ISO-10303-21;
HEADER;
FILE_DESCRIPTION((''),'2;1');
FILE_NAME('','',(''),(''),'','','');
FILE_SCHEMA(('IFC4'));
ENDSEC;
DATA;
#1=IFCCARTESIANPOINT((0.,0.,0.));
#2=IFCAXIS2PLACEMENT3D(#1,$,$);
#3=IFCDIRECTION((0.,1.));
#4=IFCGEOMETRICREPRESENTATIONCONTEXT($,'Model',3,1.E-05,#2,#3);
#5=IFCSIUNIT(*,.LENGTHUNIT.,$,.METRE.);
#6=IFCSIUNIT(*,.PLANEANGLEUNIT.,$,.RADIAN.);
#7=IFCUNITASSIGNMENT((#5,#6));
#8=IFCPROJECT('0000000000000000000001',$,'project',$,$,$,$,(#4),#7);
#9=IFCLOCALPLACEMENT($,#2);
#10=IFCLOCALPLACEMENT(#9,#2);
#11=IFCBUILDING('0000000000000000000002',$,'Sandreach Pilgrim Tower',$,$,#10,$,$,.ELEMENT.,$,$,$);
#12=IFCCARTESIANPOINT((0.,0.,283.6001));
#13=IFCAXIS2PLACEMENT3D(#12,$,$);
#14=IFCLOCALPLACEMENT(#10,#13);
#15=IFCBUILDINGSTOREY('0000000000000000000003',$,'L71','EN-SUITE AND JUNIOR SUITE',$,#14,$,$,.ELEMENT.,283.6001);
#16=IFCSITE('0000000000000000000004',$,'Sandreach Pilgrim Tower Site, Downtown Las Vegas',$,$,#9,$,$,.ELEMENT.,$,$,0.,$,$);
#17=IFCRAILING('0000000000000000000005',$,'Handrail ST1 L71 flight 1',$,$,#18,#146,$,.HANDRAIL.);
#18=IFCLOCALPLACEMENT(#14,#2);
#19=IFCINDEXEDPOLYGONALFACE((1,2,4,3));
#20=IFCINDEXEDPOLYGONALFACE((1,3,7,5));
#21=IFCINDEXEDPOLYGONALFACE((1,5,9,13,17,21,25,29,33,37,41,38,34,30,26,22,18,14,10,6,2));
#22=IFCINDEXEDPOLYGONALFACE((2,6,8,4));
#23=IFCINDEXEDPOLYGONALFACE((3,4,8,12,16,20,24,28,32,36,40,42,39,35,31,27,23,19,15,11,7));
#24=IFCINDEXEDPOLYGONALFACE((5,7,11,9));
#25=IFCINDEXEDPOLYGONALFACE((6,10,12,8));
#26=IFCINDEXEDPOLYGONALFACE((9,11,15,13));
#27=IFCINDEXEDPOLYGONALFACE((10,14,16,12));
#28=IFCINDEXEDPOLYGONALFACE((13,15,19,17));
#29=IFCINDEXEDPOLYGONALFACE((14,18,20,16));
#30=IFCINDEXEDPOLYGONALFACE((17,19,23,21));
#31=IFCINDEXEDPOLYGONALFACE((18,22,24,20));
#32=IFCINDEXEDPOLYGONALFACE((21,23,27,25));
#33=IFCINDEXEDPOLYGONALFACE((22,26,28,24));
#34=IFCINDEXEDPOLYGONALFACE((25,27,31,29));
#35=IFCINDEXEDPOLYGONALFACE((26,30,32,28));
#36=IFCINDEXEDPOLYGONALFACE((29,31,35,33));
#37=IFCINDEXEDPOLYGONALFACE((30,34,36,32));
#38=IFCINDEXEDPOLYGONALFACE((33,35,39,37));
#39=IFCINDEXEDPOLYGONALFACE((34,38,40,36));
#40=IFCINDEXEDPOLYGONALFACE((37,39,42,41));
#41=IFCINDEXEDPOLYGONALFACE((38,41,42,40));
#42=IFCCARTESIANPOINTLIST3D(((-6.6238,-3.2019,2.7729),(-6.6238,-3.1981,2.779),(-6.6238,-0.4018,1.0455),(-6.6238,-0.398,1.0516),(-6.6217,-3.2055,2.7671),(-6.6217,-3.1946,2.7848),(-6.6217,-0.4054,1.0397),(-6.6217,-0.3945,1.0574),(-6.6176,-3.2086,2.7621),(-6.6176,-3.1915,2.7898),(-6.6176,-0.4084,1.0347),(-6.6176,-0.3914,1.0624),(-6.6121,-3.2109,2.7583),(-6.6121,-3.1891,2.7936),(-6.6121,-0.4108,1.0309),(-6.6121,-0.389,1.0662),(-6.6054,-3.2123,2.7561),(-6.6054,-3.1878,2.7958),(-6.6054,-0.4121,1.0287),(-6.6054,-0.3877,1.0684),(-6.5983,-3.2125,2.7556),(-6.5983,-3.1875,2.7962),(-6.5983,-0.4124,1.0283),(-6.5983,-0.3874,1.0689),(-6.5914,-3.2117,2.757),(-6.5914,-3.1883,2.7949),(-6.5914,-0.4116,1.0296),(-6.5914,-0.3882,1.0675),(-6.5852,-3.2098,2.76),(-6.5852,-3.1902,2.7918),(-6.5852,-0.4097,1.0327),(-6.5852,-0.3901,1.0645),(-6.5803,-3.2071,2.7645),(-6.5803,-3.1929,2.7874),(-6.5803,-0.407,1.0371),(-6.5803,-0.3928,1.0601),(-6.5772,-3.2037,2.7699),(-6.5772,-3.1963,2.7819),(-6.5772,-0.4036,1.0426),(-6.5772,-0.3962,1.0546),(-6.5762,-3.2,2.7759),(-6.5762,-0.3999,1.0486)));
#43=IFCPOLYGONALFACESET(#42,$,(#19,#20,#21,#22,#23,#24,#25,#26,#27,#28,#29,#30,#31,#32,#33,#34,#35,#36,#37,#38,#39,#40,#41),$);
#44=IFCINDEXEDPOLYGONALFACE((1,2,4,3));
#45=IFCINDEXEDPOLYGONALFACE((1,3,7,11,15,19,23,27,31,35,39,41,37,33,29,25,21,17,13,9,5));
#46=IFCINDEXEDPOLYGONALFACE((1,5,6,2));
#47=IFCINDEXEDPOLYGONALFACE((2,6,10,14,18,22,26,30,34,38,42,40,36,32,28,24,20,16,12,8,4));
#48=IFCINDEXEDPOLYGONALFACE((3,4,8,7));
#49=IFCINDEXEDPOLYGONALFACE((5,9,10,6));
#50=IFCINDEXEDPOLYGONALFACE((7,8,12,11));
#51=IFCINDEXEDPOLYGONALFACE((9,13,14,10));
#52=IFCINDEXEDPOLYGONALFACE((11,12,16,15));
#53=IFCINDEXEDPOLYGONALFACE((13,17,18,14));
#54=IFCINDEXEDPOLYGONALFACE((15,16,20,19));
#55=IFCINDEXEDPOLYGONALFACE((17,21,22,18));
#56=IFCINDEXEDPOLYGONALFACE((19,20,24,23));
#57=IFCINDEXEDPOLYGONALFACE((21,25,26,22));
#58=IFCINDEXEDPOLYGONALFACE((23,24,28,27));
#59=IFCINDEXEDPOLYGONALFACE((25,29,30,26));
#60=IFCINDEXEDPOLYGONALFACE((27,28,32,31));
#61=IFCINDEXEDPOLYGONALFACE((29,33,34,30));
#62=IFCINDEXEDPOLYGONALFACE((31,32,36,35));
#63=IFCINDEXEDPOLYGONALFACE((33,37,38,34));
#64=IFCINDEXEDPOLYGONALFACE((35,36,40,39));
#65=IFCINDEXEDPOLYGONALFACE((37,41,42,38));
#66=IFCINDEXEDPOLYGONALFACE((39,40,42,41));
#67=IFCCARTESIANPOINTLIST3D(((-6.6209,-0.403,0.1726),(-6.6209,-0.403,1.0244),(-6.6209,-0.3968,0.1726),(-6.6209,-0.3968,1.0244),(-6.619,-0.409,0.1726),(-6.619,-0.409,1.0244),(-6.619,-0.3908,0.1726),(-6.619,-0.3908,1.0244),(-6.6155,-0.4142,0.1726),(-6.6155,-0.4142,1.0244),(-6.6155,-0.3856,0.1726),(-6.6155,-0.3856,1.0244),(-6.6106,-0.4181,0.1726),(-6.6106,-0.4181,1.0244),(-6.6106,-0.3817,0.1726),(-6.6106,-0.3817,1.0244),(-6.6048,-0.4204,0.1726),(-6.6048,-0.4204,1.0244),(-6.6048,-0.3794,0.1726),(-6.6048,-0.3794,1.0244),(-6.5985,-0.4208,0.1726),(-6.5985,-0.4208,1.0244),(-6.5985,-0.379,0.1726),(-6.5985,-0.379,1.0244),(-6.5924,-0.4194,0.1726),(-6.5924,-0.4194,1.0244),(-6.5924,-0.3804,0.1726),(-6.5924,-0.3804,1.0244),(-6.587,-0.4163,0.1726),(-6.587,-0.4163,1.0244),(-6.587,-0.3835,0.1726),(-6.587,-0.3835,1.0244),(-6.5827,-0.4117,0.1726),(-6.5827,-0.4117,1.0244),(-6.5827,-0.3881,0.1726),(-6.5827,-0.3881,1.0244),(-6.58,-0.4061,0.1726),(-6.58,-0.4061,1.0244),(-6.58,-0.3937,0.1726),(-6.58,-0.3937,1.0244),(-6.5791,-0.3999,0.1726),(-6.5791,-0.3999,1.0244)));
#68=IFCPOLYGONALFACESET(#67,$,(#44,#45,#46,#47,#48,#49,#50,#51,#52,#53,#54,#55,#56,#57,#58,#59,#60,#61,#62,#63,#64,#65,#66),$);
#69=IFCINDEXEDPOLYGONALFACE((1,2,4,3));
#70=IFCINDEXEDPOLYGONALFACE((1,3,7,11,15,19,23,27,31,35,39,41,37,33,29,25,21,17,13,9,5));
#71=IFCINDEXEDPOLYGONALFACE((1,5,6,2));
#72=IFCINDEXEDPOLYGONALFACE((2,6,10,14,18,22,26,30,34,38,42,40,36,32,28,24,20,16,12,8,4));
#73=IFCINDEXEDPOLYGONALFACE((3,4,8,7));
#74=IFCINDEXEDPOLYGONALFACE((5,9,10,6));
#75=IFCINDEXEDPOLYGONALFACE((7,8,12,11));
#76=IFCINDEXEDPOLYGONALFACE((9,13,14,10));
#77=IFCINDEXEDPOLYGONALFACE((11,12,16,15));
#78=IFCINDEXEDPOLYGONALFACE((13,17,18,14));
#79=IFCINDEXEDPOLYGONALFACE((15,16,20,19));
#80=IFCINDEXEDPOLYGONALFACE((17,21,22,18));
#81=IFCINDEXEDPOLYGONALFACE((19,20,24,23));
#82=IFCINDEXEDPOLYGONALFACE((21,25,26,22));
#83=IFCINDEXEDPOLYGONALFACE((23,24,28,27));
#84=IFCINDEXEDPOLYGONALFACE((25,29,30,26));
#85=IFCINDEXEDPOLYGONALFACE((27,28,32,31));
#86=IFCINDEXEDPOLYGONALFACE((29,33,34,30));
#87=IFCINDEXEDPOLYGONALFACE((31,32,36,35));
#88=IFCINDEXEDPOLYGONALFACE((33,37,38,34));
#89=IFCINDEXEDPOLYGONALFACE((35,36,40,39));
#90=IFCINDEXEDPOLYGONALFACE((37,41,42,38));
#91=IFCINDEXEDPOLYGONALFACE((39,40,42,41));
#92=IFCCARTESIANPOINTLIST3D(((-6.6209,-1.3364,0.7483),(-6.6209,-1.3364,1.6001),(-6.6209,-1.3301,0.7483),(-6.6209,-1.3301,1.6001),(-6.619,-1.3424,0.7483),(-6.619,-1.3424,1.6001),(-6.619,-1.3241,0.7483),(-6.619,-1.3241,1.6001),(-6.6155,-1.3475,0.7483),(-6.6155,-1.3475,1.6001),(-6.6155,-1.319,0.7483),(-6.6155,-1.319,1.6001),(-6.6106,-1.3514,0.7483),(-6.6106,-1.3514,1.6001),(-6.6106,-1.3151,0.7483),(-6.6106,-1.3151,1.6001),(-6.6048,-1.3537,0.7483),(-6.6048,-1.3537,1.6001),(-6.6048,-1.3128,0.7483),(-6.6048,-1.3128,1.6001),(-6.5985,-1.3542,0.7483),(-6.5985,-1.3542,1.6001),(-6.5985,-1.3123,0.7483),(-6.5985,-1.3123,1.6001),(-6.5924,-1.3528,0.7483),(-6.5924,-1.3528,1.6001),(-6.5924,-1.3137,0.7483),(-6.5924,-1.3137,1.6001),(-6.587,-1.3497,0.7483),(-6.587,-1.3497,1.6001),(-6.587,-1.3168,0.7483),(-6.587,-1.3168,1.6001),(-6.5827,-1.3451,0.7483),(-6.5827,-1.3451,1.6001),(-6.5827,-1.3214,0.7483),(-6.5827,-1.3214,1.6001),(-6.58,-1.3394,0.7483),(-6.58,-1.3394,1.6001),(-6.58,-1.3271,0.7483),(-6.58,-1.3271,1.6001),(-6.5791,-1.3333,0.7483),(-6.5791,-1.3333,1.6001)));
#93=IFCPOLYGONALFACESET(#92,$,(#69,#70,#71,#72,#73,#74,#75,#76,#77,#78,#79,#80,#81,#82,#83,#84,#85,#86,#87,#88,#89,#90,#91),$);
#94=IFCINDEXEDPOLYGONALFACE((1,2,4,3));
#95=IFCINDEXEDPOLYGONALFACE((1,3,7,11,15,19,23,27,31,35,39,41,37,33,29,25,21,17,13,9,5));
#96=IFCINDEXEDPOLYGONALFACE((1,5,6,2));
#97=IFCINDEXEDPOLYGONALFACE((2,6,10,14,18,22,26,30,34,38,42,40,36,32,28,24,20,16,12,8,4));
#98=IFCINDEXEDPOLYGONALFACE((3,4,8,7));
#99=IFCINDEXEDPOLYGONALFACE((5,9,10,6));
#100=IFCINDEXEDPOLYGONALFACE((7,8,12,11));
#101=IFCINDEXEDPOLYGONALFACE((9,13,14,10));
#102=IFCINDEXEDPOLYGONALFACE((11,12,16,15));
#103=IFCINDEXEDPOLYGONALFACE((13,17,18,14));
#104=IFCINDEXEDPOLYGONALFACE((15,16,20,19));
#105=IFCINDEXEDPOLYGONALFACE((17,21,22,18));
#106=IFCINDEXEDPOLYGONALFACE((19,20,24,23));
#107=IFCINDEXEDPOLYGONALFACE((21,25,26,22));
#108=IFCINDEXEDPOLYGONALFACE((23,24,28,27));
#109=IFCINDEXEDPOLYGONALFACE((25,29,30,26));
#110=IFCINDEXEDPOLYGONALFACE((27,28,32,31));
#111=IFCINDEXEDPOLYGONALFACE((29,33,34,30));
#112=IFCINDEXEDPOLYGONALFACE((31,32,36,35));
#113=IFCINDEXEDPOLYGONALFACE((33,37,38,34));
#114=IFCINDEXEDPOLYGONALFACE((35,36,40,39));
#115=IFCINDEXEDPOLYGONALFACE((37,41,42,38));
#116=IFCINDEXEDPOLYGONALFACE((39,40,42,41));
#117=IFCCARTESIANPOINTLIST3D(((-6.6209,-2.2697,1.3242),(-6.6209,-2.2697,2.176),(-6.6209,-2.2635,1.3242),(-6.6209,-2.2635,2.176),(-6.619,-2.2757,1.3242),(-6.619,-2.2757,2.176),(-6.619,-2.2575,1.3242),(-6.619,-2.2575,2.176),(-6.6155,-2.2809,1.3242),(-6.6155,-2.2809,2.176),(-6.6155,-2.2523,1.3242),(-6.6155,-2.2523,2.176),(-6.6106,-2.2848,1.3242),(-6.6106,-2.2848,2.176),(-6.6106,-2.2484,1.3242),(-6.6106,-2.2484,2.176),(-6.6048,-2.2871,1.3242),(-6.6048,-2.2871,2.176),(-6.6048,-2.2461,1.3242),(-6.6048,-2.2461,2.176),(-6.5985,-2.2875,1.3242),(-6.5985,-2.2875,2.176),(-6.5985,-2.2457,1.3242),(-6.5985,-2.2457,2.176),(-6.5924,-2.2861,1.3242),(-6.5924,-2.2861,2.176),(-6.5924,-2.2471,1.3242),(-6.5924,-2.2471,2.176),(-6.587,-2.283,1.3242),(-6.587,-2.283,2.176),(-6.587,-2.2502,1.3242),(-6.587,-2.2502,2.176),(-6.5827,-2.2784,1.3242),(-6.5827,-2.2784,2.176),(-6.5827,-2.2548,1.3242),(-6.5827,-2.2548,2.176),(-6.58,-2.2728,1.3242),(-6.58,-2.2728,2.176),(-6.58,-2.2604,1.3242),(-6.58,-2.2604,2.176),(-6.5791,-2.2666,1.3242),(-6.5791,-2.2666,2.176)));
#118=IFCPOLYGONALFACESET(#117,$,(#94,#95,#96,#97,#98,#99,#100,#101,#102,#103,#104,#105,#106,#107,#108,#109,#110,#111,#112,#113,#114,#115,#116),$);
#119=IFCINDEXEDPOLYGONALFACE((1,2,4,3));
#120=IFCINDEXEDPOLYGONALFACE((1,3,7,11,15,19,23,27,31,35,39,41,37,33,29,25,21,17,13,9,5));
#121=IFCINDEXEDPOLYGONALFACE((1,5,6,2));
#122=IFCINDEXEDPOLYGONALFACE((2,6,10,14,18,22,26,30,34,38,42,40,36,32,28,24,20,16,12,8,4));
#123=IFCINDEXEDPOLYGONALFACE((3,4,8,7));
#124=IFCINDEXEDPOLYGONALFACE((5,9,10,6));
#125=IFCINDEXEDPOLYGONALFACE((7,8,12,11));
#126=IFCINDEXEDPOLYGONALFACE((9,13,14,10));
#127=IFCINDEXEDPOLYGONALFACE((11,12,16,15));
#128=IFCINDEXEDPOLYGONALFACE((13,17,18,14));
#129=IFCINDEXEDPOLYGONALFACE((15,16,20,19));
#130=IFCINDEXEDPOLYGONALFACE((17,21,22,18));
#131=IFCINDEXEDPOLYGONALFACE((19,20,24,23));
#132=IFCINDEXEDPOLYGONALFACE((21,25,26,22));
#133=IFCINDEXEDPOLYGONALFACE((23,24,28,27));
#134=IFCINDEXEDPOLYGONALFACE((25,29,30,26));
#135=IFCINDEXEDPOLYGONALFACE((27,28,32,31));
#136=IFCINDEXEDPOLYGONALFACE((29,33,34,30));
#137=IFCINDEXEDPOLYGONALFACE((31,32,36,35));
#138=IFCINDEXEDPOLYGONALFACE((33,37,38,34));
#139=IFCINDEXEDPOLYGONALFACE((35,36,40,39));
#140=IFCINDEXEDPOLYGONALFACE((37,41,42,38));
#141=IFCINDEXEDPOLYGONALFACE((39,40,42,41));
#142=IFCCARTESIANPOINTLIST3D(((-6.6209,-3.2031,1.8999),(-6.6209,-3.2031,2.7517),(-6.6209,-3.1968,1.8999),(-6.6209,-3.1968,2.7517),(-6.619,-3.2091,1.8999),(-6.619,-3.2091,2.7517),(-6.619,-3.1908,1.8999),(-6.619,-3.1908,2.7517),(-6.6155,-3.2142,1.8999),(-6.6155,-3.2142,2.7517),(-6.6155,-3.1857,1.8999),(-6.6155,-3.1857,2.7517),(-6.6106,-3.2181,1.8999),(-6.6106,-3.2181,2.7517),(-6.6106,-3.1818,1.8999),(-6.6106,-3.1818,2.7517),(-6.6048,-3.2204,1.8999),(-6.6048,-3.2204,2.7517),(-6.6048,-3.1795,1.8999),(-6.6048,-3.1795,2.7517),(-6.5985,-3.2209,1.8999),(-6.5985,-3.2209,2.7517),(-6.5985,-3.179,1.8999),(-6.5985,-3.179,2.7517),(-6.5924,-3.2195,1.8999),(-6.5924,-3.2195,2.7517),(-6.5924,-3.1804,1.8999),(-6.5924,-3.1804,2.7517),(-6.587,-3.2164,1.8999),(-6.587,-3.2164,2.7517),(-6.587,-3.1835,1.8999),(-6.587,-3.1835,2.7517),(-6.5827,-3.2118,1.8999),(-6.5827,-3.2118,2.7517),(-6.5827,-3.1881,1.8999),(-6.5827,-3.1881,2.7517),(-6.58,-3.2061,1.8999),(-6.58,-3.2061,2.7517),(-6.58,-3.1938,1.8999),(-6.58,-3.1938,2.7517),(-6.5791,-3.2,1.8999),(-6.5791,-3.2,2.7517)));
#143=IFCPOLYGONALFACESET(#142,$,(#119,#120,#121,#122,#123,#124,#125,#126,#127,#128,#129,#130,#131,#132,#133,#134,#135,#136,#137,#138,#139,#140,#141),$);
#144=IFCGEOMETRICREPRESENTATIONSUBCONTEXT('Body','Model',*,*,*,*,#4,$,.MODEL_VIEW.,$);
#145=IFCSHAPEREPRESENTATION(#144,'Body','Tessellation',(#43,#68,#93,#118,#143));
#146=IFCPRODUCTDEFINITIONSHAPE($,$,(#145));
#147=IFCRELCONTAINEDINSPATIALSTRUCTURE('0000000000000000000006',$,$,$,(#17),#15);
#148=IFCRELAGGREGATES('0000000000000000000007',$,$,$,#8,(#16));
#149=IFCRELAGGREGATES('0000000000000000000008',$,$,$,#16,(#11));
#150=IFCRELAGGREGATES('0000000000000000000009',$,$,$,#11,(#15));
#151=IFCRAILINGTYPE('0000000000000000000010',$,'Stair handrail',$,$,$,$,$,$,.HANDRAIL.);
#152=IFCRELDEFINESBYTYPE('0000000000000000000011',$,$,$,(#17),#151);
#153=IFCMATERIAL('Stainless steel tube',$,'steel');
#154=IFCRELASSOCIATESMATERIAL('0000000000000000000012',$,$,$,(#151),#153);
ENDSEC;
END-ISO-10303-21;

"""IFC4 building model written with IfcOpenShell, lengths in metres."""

from ifc_helpers import new_model, si_unit, direction, frame, origin, origin_2d, place, context, subcontext, project, spatial, circle, extrude, material, type_object, element, save


model = new_model("IFC4")

# Units and contexts
model_context = context("Model", 3, precision=1e-05, world=origin(), true_north=direction((0.0, 1.0)))
body_context = subcontext(model_context, "Body", "Model", "MODEL_VIEW")
ifc_project = project(units=[si_unit("LENGTHUNIT", "METRE"), si_unit("PLANEANGLEUNIT", "RADIAN")], contexts=[model_context])

# Site, building, storey
site_placement = place(None, origin())
site = spatial("IfcSite", under=ifc_project, at=site_placement, Name="Sandreach Pilgrim Tower Site, Downtown Las Vegas", CompositionType="ELEMENT", RefElevation=0.0)
building_placement = place(site_placement, origin())
building = spatial("IfcBuilding", under=site, at=building_placement, Name="Sandreach Pilgrim Tower", CompositionType="ELEMENT")
storey_placement = place(building_placement, frame((0.0, 0.0, 283.6001)))
storey = spatial("IfcBuildingStorey", under=building, at=storey_placement, Name="L71", Description="EN-SUITE AND JUNIOR SUITE", CompositionType="ELEMENT", Elevation=283.6001)

# Railing
ifc_material_1 = material(Name="Stainless steel tube", Category="steel")
railing_type = type_object("IfcRailingType", Name="Stair handrail", PredefinedType="HANDRAIL", material=ifc_material_1)
for number, where, name in (
    (1, (-6.6001, -0.3999, 0.1726), "Handrail ST1 L71 flight 1"),
):
    element("IfcRailing", number, at=place(storey_placement, frame(where)), inside=storey, type_object=railing_type, Name=name, PredefinedType="HANDRAIL", context=body_context, shape_type="SweptSolid", body=[
        extrude(circle(Radius=0.0239, at=origin_2d()), frame((0.0, 0.0, 0.876), z_axis=(0.0, -0.85109, 0.52502), x_axis=(1.0, 0.0, 0.0)), (0.0, 0.0, 1.0), 3.29),
        extrude(circle(Radius=0.021, at=origin_2d()), origin(), (0.0, 0.0, 1.0), 0.8518),
        extrude(circle(Radius=0.021, at=origin_2d()), frame((0.0, -0.9333, 0.5757)), (0.0, 0.0, 1.0), 0.8518),
        extrude(circle(Radius=0.021, at=origin_2d()), frame((0.0, -1.8667, 1.1516)), (0.0, 0.0, 1.0), 0.8518),
        extrude(circle(Radius=0.021, at=origin_2d()), frame((0.0, -2.8, 1.7273)), (0.0, 0.0, 1.0), 0.8518),
    ])

save(model, "model.ifc")
